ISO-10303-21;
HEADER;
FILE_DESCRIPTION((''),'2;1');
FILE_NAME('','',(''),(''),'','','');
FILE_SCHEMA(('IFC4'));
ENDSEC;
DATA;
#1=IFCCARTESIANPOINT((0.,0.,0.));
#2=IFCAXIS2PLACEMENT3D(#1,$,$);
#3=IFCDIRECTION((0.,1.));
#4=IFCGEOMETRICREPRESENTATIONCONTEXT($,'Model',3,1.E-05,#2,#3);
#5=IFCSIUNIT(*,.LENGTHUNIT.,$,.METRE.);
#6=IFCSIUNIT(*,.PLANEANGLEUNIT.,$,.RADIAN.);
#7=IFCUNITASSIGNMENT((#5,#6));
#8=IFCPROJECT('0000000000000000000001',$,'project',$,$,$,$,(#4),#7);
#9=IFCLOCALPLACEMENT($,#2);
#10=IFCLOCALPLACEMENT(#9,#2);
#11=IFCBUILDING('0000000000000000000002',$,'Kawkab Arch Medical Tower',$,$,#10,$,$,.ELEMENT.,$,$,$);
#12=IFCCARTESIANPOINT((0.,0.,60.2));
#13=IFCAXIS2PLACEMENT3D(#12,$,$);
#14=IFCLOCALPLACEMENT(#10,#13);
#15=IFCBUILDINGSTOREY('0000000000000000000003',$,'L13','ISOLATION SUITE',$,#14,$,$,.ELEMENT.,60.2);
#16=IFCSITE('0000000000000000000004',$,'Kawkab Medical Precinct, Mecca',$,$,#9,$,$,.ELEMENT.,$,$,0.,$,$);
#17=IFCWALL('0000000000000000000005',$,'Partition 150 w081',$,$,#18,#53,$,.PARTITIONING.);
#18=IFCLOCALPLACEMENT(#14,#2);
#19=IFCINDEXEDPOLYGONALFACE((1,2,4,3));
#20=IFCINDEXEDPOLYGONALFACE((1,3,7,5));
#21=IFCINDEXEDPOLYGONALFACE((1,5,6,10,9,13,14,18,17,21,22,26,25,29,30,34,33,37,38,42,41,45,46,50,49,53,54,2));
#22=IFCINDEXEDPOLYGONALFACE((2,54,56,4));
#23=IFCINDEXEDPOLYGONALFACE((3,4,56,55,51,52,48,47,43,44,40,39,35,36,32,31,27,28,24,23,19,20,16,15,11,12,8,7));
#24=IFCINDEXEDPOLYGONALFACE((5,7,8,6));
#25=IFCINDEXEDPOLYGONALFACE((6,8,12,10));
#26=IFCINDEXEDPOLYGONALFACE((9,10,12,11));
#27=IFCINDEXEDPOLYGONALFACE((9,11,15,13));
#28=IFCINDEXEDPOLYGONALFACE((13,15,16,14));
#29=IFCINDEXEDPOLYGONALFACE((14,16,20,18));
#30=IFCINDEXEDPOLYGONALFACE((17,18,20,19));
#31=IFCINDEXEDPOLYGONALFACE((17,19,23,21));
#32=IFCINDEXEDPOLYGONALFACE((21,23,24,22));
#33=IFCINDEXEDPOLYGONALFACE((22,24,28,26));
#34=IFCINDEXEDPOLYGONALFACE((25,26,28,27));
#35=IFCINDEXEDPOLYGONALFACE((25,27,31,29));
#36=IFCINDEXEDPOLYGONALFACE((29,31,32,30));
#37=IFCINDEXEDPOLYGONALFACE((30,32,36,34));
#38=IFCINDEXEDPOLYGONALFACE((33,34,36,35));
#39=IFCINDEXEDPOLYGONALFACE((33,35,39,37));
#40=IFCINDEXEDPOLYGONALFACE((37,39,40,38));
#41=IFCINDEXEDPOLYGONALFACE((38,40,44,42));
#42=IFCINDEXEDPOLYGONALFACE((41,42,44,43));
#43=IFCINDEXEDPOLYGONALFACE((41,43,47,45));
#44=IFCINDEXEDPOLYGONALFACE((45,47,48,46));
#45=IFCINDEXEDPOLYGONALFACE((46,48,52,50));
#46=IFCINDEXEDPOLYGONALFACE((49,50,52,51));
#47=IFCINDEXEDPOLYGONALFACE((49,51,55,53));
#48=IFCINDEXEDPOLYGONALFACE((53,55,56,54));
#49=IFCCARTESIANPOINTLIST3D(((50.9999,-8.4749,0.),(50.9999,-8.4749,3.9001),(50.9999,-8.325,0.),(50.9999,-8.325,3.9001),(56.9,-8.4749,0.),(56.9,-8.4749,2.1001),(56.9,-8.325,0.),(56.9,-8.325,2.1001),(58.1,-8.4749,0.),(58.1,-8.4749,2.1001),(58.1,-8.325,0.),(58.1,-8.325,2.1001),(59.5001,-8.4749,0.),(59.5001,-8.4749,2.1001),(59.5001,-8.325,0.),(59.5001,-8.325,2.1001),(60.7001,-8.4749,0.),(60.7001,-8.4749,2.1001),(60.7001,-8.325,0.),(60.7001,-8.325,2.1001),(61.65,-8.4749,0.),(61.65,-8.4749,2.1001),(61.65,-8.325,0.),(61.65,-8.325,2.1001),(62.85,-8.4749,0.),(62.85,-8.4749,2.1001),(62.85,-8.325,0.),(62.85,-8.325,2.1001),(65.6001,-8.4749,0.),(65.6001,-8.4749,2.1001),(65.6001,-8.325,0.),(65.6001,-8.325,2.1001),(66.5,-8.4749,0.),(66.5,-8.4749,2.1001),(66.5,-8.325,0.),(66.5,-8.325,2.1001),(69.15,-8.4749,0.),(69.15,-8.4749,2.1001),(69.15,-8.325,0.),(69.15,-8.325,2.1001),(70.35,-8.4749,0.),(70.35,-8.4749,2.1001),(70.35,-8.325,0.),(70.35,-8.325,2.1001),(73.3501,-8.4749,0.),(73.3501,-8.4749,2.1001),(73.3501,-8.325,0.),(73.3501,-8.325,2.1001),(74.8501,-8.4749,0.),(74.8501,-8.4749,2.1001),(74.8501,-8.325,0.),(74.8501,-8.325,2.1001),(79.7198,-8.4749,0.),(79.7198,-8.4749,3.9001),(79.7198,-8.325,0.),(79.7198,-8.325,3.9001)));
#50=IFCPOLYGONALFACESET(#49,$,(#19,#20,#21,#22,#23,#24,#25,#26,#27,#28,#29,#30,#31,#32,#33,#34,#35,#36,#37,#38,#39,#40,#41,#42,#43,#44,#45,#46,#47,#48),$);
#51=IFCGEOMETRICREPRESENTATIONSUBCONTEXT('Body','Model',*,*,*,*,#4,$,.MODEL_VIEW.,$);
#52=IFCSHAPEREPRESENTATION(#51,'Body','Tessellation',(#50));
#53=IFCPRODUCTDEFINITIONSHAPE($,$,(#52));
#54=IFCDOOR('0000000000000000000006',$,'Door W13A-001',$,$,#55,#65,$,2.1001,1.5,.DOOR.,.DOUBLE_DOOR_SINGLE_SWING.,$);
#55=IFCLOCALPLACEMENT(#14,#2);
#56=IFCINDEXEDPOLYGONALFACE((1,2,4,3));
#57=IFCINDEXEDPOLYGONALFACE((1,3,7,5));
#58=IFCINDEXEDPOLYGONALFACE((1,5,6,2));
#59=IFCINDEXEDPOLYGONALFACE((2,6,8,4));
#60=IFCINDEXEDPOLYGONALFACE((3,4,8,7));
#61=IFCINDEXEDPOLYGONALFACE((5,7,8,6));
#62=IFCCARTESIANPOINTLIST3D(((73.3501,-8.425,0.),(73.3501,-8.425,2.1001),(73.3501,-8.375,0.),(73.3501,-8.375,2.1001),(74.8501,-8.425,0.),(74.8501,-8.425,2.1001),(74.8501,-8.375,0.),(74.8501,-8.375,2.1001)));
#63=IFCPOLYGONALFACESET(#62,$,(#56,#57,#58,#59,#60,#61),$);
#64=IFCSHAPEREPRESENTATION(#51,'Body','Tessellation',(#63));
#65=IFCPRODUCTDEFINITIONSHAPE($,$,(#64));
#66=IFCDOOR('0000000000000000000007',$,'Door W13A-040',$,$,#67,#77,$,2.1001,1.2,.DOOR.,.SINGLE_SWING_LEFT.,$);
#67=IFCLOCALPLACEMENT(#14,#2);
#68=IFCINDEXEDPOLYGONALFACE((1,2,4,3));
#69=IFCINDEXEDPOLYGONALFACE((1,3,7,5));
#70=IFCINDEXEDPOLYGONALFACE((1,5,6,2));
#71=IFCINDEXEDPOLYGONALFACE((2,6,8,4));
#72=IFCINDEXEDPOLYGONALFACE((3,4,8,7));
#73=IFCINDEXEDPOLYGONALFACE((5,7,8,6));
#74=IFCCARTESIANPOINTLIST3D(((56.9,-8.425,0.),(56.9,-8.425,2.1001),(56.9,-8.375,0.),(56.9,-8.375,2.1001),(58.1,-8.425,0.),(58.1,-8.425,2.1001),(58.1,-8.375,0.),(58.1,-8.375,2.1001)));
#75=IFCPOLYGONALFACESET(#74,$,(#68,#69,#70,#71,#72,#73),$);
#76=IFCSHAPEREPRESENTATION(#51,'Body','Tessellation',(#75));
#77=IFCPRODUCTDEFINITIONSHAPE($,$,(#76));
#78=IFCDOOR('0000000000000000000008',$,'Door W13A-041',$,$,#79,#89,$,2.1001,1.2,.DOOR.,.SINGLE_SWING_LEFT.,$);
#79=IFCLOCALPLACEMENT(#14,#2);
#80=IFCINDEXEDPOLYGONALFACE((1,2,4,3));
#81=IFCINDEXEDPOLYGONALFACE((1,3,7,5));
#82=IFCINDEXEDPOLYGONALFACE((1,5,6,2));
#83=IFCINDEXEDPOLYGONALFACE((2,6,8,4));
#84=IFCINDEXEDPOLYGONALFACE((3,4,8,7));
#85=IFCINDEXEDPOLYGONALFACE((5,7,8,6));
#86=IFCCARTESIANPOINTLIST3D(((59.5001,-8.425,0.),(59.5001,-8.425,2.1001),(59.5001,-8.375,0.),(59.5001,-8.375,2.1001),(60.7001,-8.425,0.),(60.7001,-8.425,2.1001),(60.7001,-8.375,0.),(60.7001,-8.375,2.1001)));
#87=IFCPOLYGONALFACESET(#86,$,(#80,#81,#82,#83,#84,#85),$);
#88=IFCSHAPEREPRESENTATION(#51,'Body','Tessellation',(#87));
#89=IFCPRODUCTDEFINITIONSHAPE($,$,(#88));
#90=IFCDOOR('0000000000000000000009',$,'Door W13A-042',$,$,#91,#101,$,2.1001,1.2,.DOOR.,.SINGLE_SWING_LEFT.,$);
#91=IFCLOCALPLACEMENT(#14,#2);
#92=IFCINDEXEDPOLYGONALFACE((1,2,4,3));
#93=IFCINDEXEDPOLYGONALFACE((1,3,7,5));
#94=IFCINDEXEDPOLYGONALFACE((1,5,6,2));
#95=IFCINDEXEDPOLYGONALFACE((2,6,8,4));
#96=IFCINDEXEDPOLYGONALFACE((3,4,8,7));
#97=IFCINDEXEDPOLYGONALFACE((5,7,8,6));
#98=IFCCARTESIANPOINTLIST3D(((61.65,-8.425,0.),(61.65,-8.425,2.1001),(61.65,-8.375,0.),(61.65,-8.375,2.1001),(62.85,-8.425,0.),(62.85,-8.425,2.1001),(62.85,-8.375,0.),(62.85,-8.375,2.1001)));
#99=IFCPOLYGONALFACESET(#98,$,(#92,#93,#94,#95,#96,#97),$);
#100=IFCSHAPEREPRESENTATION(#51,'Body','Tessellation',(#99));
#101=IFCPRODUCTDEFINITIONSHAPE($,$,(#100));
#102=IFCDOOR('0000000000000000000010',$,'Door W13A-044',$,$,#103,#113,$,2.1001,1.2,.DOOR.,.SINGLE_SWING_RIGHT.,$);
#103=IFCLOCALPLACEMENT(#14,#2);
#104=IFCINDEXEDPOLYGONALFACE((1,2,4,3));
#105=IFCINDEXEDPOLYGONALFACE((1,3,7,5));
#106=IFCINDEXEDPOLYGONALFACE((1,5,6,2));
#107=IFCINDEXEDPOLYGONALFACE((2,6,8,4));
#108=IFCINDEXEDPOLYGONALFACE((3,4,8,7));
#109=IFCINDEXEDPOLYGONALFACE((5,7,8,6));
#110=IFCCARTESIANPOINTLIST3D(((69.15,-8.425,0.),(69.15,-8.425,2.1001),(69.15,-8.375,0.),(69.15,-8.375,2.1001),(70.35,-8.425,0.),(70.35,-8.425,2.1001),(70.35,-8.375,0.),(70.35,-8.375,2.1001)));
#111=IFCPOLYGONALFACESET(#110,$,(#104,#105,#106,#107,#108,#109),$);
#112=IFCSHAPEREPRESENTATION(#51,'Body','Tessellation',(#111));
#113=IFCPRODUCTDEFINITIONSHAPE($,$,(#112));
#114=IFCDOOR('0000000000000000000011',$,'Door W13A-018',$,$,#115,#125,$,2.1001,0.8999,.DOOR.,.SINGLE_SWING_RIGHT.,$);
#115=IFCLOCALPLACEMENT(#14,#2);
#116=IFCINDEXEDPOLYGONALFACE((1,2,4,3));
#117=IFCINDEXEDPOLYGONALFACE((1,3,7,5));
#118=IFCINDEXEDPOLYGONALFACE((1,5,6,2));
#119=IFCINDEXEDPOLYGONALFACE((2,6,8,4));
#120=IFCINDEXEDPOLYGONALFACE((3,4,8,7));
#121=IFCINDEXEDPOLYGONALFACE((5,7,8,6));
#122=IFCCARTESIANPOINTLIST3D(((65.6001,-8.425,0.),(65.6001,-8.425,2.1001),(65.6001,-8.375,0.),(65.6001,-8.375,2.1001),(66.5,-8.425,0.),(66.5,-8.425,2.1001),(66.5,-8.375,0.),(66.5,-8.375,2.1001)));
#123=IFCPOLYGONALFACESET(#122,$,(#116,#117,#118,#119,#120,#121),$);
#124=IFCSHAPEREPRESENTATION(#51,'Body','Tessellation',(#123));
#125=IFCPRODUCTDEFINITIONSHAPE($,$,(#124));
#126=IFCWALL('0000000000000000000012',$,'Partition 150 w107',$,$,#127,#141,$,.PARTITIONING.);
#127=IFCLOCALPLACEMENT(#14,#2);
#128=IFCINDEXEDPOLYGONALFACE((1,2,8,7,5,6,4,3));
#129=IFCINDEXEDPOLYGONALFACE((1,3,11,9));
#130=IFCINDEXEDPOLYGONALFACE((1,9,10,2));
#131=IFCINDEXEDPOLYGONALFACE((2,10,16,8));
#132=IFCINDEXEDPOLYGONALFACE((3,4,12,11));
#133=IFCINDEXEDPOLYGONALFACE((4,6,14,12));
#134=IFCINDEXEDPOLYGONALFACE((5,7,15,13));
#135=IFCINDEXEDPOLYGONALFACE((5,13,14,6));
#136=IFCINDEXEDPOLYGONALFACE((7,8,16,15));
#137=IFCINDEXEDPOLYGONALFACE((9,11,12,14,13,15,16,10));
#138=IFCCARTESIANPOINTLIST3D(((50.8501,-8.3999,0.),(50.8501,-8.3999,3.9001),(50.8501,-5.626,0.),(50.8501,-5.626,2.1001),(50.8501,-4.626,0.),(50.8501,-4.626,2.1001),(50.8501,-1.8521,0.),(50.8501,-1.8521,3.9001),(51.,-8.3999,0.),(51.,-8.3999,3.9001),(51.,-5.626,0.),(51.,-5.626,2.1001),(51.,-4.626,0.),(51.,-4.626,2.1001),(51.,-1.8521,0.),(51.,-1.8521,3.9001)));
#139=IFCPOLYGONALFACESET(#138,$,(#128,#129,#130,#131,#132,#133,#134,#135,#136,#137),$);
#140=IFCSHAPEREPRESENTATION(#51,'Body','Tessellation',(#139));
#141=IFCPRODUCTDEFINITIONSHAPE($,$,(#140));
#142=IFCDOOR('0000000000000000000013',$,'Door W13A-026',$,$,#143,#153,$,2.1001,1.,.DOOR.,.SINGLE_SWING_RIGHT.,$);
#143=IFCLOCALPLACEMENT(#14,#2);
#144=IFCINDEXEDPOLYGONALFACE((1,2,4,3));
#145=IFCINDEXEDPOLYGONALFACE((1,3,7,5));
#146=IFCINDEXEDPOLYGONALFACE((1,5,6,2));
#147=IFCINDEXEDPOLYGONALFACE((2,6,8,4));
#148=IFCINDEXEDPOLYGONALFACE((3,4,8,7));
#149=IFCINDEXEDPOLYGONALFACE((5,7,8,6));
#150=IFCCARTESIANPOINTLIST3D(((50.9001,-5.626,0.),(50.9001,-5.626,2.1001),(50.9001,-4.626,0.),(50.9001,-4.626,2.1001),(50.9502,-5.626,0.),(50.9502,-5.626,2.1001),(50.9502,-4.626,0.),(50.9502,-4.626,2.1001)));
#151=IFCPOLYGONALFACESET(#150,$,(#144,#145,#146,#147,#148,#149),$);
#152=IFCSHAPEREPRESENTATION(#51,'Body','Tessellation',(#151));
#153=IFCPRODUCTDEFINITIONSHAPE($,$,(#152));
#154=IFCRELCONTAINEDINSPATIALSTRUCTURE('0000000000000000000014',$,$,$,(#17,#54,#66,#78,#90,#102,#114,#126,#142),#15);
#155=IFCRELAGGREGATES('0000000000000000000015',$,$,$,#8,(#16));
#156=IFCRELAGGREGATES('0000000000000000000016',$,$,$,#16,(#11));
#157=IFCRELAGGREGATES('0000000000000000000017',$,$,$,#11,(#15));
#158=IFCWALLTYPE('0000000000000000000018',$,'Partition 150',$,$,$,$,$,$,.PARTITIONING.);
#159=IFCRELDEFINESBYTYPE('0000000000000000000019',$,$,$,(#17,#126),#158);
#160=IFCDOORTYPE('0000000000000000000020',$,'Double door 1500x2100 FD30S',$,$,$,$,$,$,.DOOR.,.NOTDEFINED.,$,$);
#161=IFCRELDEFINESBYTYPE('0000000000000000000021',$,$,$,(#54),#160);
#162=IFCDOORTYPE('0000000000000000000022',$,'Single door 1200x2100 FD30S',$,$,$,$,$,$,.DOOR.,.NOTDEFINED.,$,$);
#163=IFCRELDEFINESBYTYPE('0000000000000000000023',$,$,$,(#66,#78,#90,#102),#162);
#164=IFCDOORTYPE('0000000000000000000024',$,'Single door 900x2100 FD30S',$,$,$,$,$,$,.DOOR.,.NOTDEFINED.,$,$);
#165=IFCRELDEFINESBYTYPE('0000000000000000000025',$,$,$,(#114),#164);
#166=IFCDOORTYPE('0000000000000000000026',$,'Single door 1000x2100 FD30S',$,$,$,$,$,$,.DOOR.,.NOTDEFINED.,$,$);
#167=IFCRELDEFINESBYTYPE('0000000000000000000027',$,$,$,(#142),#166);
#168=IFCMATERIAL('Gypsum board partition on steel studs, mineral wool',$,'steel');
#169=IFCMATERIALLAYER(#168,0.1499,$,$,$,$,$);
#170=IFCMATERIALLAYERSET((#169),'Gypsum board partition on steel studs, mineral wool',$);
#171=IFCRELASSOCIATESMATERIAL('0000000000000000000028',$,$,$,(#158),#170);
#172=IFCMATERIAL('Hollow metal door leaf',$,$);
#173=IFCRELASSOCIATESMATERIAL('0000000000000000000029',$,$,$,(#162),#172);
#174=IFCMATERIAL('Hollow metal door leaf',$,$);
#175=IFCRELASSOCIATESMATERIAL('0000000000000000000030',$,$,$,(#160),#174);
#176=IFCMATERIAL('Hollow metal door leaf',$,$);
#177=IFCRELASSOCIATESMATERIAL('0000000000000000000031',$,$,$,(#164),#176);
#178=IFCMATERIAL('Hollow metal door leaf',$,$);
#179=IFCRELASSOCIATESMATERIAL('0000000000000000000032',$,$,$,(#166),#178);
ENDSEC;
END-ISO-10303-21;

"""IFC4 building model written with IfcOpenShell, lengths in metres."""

from ifc_helpers import new_model, si_unit, direction, frame, frame_2d, origin, place, context, subcontext, project, spatial, rectangle, extrude, material, layer, layer_set, type_object, element, fill, save


model = new_model("IFC4")

# Units and contexts
model_context = context("Model", 3, precision=1e-05, world=origin(), true_north=direction((0.0, 1.0)))
body_context = subcontext(model_context, "Body", "Model", "MODEL_VIEW")
ifc_project = project(units=[si_unit("LENGTHUNIT", "METRE"), si_unit("PLANEANGLEUNIT", "RADIAN")], contexts=[model_context])

# Site, building, storey
site_placement = place(None, origin())
site = spatial("IfcSite", under=ifc_project, at=site_placement, Name="Kawkab Medical Precinct, Mecca", CompositionType="ELEMENT", RefElevation=0.0)
building_placement = place(site_placement, origin())
building = spatial("IfcBuilding", under=site, at=building_placement, Name="Kawkab Arch Medical Tower", CompositionType="ELEMENT")
storey_placement = place(building_placement, frame((0.0, 0.0, 60.2)))
storey = spatial("IfcBuildingStorey", under=building, at=storey_placement, Name="L13", Description="ISOLATION SUITE", CompositionType="ELEMENT", Elevation=60.2)

# Wall, openings, doors
ifc_material_1 = material(Name="Gypsum board partition on steel studs, mineral wool", Category="steel")
ifc_layer_1 = layer(ifc_material_1, 0.1499)
ifc_layer_set_1 = layer_set([ifc_layer_1], Name="Gypsum board partition on steel studs, mineral wool")
wall_type_1 = type_object("IfcWallType", Name="Partition 150", PredefinedType="PARTITIONING", material=ifc_layer_set_1)
ifc_material_2 = material(Name="Hollow metal door leaf")
door_type_1 = type_object("IfcDoorType", Name="Single door 1200x2100 FD30S", OperationType="NOTDEFINED", PredefinedType="DOOR", material=ifc_material_2)
wall_1_placement = place(storey_placement, frame((51.0, -8.3999, 0.0), z_axis=(0.0, 0.0, 1.0), x_axis=(1.0, 0.0, 0.0)))
wall_1 = element("IfcWall", 1, at=wall_1_placement, inside=storey, type_object=wall_type_1, Name="Partition 150 w081", PredefinedType="PARTITIONING", context=body_context, shape_type="SweptSolid", body=[
    extrude(rectangle(XDim=28.72, YDim=0.1499, at=frame_2d((14.3599, 0.0))), origin(), (0.0, 0.0, 1.0), 3.9001),
])
opening_1_placement = place(wall_1_placement, frame((5.8999, 0.0, 0.0)))
opening_1 = element("IfcOpeningElement", 2, at=opening_1_placement, cuts=wall_1, PredefinedType="OPENING", context=body_context, shape_type="SweptSolid", body=[
    extrude(rectangle(XDim=1.2, YDim=2.1001, at=frame_2d((0.6001, 1.05))), frame((0.0, 0.085, 0.0), z_axis=(0.0, -1.0, 0.0), x_axis=(1.0, 0.0, 0.0)), (0.0, 0.0, 1.0), 0.1699),
])
opening_2_placement = place(wall_1_placement, frame((8.5, 0.0, 0.0)))
opening_2 = element("IfcOpeningElement", 3, at=opening_2_placement, cuts=wall_1, PredefinedType="OPENING", context=body_context, shape_type="SweptSolid", body=[
    extrude(rectangle(XDim=1.2, YDim=2.1001, at=frame_2d((0.6001, 1.05))), frame((0.0, 0.085, 0.0), z_axis=(0.0, -1.0, 0.0), x_axis=(1.0, 0.0, 0.0)), (0.0, 0.0, 1.0), 0.1699),
])
opening_3_placement = place(wall_1_placement, frame((10.6499, 0.0, 0.0)))
opening_3 = element("IfcOpeningElement", 4, at=opening_3_placement, cuts=wall_1, PredefinedType="OPENING", context=body_context, shape_type="SweptSolid", body=[
    extrude(rectangle(XDim=1.2, YDim=2.1001, at=frame_2d((0.6001, 1.05))), frame((0.0, 0.085, 0.0), z_axis=(0.0, -1.0, 0.0), x_axis=(1.0, 0.0, 0.0)), (0.0, 0.0, 1.0), 0.1699),
])
opening_4_placement = place(wall_1_placement, frame((14.6001, 0.0, 0.0)))
opening_4 = element("IfcOpeningElement", 5, at=opening_4_placement, cuts=wall_1, PredefinedType="OPENING", context=body_context, shape_type="SweptSolid", body=[
    extrude(rectangle(XDim=0.8999, YDim=2.1001, at=frame_2d((0.45, 1.05))), frame((0.0, 0.085, 0.0), z_axis=(0.0, -1.0, 0.0), x_axis=(1.0, 0.0, 0.0)), (0.0, 0.0, 1.0), 0.1699),
])
opening_5_placement = place(wall_1_placement, frame((18.1499, 0.0, 0.0)))
opening_5 = element("IfcOpeningElement", 6, at=opening_5_placement, cuts=wall_1, PredefinedType="OPENING", context=body_context, shape_type="SweptSolid", body=[
    extrude(rectangle(XDim=1.2, YDim=2.1001, at=frame_2d((0.6001, 1.05))), frame((0.0, 0.085, 0.0), z_axis=(0.0, -1.0, 0.0), x_axis=(1.0, 0.0, 0.0)), (0.0, 0.0, 1.0), 0.1699),
])
opening_6_placement = place(wall_1_placement, frame((22.3501, 0.0, 0.0)))
opening_6 = element("IfcOpeningElement", 7, at=opening_6_placement, cuts=wall_1, PredefinedType="OPENING", context=body_context, shape_type="SweptSolid", body=[
    extrude(rectangle(XDim=1.5, YDim=2.1001, at=frame_2d((0.75, 1.05))), frame((0.0, 0.085, 0.0), z_axis=(0.0, -1.0, 0.0), x_axis=(1.0, 0.0, 0.0)), (0.0, 0.0, 1.0), 0.1699),
])
ifc_material_3 = material(Name="Hollow metal door leaf")
door_type_2 = type_object("IfcDoorType", Name="Double door 1500x2100 FD30S", OperationType="NOTDEFINED", PredefinedType="DOOR", material=ifc_material_3)
door_1_placement = place(opening_6_placement, origin())
door_1 = element("IfcDoor", 8, at=door_1_placement, inside=storey, type_object=door_type_2, Name="Door W13A-001", OperationType="DOUBLE_DOOR_SINGLE_SWING", OverallHeight=2.1001, OverallWidth=1.5, PredefinedType="DOOR", context=body_context, shape_type="SweptSolid", body=[
    extrude(rectangle(XDim=1.5, YDim=2.1001, at=frame_2d((0.75, 1.05))), frame((0.0, 0.0249, 0.0), z_axis=(0.0, -1.0, 0.0), x_axis=(1.0, 0.0, 0.0)), (0.0, 0.0, 1.0), 0.05),
])
fill(opening_6, door_1)
door_2_placement = place(opening_1_placement, origin())
door_2 = element("IfcDoor", 9, at=door_2_placement, inside=storey, type_object=door_type_1, Name="Door W13A-040", OperationType="SINGLE_SWING_LEFT", OverallHeight=2.1001, OverallWidth=1.2, PredefinedType="DOOR", context=body_context, shape_type="SweptSolid", body=[
    extrude(rectangle(XDim=1.2, YDim=2.1001, at=frame_2d((0.6001, 1.05))), frame((0.0, 0.0249, 0.0), z_axis=(0.0, -1.0, 0.0), x_axis=(1.0, 0.0, 0.0)), (0.0, 0.0, 1.0), 0.05),
])
fill(opening_1, door_2)
door_3_placement = place(opening_2_placement, origin())
door_3 = element("IfcDoor", 10, at=door_3_placement, inside=storey, type_object=door_type_1, Name="Door W13A-041", OperationType="SINGLE_SWING_LEFT", OverallHeight=2.1001, OverallWidth=1.2, PredefinedType="DOOR", context=body_context, shape_type="SweptSolid", body=[
    extrude(rectangle(XDim=1.2, YDim=2.1001, at=frame_2d((0.6001, 1.05))), frame((0.0, 0.0249, 0.0), z_axis=(0.0, -1.0, 0.0), x_axis=(1.0, 0.0, 0.0)), (0.0, 0.0, 1.0), 0.05),
])
fill(opening_2, door_3)
door_4_placement = place(opening_3_placement, origin())
door_4 = element("IfcDoor", 11, at=door_4_placement, inside=storey, type_object=door_type_1, Name="Door W13A-042", OperationType="SINGLE_SWING_LEFT", OverallHeight=2.1001, OverallWidth=1.2, PredefinedType="DOOR", context=body_context, shape_type="SweptSolid", body=[
    extrude(rectangle(XDim=1.2, YDim=2.1001, at=frame_2d((0.6001, 1.05))), frame((0.0, 0.0249, 0.0), z_axis=(0.0, -1.0, 0.0), x_axis=(1.0, 0.0, 0.0)), (0.0, 0.0, 1.0), 0.05),
])
fill(opening_3, door_4)
door_5_placement = place(opening_5_placement, origin())
door_5 = element("IfcDoor", 12, at=door_5_placement, inside=storey, type_object=door_type_1, Name="Door W13A-044", OperationType="SINGLE_SWING_RIGHT", OverallHeight=2.1001, OverallWidth=1.2, PredefinedType="DOOR", context=body_context, shape_type="SweptSolid", body=[
    extrude(rectangle(XDim=1.2, YDim=2.1001, at=frame_2d((0.6001, 1.05))), frame((0.0, 0.0249, 0.0), z_axis=(0.0, -1.0, 0.0), x_axis=(1.0, 0.0, 0.0)), (0.0, 0.0, 1.0), 0.05),
])
fill(opening_5, door_5)
ifc_material_4 = material(Name="Hollow metal door leaf")
door_type_3 = type_object("IfcDoorType", Name="Single door 900x2100 FD30S", OperationType="NOTDEFINED", PredefinedType="DOOR", material=ifc_material_4)
door_6_placement = place(opening_4_placement, origin())
door_6 = element("IfcDoor", 13, at=door_6_placement, inside=storey, type_object=door_type_3, Name="Door W13A-018", OperationType="SINGLE_SWING_RIGHT", OverallHeight=2.1001, OverallWidth=0.8999, PredefinedType="DOOR", context=body_context, shape_type="SweptSolid", body=[
    extrude(rectangle(XDim=0.8999, YDim=2.1001, at=frame_2d((0.45, 1.05))), frame((0.0, 0.0249, 0.0), z_axis=(0.0, -1.0, 0.0), x_axis=(1.0, 0.0, 0.0)), (0.0, 0.0, 1.0), 0.05),
])
fill(opening_4, door_6)

# Wall, opening, door
wall_2_placement = place(storey_placement, frame((50.925, -8.3999, 0.0), z_axis=(0.0, 0.0, 1.0), x_axis=(0.0, 1.0, 0.0)))
wall_2 = element("IfcWall", 14, at=wall_2_placement, inside=storey, type_object=wall_type_1, Name="Partition 150 w107", PredefinedType="PARTITIONING", context=body_context, shape_type="SweptSolid", body=[
    extrude(rectangle(XDim=6.5479, YDim=0.1499, at=frame_2d((3.2739, 0.0))), origin(), (0.0, 0.0, 1.0), 3.9001),
])
opening_7_placement = place(wall_2_placement, frame((2.7739, 0.0, 0.0)))
opening_7 = element("IfcOpeningElement", 15, at=opening_7_placement, cuts=wall_2, PredefinedType="OPENING", context=body_context, shape_type="SweptSolid", body=[
    extrude(rectangle(XDim=1.0, YDim=2.1001, at=frame_2d((0.5, 1.05))), frame((0.0, 0.085, 0.0), z_axis=(0.0, -1.0, 0.0), x_axis=(1.0, 0.0, 0.0)), (0.0, 0.0, 1.0), 0.1699),
])
ifc_material_5 = material(Name="Hollow metal door leaf")
door_type_4 = type_object("IfcDoorType", Name="Single door 1000x2100 FD30S", OperationType="NOTDEFINED", PredefinedType="DOOR", material=ifc_material_5)
door_7_placement = place(opening_7_placement, origin())
door_7 = element("IfcDoor", 16, at=door_7_placement, inside=storey, type_object=door_type_4, Name="Door W13A-026", OperationType="SINGLE_SWING_RIGHT", OverallHeight=2.1001, OverallWidth=1.0, PredefinedType="DOOR", context=body_context, shape_type="SweptSolid", body=[
    extrude(rectangle(XDim=1.0, YDim=2.1001, at=frame_2d((0.5, 1.05))), frame((0.0, 0.0249, 0.0), z_axis=(0.0, -1.0, 0.0), x_axis=(1.0, 0.0, 0.0)), (0.0, 0.0, 1.0), 0.05),
])
fill(opening_7, door_7)

save(model, "model.ifc")
